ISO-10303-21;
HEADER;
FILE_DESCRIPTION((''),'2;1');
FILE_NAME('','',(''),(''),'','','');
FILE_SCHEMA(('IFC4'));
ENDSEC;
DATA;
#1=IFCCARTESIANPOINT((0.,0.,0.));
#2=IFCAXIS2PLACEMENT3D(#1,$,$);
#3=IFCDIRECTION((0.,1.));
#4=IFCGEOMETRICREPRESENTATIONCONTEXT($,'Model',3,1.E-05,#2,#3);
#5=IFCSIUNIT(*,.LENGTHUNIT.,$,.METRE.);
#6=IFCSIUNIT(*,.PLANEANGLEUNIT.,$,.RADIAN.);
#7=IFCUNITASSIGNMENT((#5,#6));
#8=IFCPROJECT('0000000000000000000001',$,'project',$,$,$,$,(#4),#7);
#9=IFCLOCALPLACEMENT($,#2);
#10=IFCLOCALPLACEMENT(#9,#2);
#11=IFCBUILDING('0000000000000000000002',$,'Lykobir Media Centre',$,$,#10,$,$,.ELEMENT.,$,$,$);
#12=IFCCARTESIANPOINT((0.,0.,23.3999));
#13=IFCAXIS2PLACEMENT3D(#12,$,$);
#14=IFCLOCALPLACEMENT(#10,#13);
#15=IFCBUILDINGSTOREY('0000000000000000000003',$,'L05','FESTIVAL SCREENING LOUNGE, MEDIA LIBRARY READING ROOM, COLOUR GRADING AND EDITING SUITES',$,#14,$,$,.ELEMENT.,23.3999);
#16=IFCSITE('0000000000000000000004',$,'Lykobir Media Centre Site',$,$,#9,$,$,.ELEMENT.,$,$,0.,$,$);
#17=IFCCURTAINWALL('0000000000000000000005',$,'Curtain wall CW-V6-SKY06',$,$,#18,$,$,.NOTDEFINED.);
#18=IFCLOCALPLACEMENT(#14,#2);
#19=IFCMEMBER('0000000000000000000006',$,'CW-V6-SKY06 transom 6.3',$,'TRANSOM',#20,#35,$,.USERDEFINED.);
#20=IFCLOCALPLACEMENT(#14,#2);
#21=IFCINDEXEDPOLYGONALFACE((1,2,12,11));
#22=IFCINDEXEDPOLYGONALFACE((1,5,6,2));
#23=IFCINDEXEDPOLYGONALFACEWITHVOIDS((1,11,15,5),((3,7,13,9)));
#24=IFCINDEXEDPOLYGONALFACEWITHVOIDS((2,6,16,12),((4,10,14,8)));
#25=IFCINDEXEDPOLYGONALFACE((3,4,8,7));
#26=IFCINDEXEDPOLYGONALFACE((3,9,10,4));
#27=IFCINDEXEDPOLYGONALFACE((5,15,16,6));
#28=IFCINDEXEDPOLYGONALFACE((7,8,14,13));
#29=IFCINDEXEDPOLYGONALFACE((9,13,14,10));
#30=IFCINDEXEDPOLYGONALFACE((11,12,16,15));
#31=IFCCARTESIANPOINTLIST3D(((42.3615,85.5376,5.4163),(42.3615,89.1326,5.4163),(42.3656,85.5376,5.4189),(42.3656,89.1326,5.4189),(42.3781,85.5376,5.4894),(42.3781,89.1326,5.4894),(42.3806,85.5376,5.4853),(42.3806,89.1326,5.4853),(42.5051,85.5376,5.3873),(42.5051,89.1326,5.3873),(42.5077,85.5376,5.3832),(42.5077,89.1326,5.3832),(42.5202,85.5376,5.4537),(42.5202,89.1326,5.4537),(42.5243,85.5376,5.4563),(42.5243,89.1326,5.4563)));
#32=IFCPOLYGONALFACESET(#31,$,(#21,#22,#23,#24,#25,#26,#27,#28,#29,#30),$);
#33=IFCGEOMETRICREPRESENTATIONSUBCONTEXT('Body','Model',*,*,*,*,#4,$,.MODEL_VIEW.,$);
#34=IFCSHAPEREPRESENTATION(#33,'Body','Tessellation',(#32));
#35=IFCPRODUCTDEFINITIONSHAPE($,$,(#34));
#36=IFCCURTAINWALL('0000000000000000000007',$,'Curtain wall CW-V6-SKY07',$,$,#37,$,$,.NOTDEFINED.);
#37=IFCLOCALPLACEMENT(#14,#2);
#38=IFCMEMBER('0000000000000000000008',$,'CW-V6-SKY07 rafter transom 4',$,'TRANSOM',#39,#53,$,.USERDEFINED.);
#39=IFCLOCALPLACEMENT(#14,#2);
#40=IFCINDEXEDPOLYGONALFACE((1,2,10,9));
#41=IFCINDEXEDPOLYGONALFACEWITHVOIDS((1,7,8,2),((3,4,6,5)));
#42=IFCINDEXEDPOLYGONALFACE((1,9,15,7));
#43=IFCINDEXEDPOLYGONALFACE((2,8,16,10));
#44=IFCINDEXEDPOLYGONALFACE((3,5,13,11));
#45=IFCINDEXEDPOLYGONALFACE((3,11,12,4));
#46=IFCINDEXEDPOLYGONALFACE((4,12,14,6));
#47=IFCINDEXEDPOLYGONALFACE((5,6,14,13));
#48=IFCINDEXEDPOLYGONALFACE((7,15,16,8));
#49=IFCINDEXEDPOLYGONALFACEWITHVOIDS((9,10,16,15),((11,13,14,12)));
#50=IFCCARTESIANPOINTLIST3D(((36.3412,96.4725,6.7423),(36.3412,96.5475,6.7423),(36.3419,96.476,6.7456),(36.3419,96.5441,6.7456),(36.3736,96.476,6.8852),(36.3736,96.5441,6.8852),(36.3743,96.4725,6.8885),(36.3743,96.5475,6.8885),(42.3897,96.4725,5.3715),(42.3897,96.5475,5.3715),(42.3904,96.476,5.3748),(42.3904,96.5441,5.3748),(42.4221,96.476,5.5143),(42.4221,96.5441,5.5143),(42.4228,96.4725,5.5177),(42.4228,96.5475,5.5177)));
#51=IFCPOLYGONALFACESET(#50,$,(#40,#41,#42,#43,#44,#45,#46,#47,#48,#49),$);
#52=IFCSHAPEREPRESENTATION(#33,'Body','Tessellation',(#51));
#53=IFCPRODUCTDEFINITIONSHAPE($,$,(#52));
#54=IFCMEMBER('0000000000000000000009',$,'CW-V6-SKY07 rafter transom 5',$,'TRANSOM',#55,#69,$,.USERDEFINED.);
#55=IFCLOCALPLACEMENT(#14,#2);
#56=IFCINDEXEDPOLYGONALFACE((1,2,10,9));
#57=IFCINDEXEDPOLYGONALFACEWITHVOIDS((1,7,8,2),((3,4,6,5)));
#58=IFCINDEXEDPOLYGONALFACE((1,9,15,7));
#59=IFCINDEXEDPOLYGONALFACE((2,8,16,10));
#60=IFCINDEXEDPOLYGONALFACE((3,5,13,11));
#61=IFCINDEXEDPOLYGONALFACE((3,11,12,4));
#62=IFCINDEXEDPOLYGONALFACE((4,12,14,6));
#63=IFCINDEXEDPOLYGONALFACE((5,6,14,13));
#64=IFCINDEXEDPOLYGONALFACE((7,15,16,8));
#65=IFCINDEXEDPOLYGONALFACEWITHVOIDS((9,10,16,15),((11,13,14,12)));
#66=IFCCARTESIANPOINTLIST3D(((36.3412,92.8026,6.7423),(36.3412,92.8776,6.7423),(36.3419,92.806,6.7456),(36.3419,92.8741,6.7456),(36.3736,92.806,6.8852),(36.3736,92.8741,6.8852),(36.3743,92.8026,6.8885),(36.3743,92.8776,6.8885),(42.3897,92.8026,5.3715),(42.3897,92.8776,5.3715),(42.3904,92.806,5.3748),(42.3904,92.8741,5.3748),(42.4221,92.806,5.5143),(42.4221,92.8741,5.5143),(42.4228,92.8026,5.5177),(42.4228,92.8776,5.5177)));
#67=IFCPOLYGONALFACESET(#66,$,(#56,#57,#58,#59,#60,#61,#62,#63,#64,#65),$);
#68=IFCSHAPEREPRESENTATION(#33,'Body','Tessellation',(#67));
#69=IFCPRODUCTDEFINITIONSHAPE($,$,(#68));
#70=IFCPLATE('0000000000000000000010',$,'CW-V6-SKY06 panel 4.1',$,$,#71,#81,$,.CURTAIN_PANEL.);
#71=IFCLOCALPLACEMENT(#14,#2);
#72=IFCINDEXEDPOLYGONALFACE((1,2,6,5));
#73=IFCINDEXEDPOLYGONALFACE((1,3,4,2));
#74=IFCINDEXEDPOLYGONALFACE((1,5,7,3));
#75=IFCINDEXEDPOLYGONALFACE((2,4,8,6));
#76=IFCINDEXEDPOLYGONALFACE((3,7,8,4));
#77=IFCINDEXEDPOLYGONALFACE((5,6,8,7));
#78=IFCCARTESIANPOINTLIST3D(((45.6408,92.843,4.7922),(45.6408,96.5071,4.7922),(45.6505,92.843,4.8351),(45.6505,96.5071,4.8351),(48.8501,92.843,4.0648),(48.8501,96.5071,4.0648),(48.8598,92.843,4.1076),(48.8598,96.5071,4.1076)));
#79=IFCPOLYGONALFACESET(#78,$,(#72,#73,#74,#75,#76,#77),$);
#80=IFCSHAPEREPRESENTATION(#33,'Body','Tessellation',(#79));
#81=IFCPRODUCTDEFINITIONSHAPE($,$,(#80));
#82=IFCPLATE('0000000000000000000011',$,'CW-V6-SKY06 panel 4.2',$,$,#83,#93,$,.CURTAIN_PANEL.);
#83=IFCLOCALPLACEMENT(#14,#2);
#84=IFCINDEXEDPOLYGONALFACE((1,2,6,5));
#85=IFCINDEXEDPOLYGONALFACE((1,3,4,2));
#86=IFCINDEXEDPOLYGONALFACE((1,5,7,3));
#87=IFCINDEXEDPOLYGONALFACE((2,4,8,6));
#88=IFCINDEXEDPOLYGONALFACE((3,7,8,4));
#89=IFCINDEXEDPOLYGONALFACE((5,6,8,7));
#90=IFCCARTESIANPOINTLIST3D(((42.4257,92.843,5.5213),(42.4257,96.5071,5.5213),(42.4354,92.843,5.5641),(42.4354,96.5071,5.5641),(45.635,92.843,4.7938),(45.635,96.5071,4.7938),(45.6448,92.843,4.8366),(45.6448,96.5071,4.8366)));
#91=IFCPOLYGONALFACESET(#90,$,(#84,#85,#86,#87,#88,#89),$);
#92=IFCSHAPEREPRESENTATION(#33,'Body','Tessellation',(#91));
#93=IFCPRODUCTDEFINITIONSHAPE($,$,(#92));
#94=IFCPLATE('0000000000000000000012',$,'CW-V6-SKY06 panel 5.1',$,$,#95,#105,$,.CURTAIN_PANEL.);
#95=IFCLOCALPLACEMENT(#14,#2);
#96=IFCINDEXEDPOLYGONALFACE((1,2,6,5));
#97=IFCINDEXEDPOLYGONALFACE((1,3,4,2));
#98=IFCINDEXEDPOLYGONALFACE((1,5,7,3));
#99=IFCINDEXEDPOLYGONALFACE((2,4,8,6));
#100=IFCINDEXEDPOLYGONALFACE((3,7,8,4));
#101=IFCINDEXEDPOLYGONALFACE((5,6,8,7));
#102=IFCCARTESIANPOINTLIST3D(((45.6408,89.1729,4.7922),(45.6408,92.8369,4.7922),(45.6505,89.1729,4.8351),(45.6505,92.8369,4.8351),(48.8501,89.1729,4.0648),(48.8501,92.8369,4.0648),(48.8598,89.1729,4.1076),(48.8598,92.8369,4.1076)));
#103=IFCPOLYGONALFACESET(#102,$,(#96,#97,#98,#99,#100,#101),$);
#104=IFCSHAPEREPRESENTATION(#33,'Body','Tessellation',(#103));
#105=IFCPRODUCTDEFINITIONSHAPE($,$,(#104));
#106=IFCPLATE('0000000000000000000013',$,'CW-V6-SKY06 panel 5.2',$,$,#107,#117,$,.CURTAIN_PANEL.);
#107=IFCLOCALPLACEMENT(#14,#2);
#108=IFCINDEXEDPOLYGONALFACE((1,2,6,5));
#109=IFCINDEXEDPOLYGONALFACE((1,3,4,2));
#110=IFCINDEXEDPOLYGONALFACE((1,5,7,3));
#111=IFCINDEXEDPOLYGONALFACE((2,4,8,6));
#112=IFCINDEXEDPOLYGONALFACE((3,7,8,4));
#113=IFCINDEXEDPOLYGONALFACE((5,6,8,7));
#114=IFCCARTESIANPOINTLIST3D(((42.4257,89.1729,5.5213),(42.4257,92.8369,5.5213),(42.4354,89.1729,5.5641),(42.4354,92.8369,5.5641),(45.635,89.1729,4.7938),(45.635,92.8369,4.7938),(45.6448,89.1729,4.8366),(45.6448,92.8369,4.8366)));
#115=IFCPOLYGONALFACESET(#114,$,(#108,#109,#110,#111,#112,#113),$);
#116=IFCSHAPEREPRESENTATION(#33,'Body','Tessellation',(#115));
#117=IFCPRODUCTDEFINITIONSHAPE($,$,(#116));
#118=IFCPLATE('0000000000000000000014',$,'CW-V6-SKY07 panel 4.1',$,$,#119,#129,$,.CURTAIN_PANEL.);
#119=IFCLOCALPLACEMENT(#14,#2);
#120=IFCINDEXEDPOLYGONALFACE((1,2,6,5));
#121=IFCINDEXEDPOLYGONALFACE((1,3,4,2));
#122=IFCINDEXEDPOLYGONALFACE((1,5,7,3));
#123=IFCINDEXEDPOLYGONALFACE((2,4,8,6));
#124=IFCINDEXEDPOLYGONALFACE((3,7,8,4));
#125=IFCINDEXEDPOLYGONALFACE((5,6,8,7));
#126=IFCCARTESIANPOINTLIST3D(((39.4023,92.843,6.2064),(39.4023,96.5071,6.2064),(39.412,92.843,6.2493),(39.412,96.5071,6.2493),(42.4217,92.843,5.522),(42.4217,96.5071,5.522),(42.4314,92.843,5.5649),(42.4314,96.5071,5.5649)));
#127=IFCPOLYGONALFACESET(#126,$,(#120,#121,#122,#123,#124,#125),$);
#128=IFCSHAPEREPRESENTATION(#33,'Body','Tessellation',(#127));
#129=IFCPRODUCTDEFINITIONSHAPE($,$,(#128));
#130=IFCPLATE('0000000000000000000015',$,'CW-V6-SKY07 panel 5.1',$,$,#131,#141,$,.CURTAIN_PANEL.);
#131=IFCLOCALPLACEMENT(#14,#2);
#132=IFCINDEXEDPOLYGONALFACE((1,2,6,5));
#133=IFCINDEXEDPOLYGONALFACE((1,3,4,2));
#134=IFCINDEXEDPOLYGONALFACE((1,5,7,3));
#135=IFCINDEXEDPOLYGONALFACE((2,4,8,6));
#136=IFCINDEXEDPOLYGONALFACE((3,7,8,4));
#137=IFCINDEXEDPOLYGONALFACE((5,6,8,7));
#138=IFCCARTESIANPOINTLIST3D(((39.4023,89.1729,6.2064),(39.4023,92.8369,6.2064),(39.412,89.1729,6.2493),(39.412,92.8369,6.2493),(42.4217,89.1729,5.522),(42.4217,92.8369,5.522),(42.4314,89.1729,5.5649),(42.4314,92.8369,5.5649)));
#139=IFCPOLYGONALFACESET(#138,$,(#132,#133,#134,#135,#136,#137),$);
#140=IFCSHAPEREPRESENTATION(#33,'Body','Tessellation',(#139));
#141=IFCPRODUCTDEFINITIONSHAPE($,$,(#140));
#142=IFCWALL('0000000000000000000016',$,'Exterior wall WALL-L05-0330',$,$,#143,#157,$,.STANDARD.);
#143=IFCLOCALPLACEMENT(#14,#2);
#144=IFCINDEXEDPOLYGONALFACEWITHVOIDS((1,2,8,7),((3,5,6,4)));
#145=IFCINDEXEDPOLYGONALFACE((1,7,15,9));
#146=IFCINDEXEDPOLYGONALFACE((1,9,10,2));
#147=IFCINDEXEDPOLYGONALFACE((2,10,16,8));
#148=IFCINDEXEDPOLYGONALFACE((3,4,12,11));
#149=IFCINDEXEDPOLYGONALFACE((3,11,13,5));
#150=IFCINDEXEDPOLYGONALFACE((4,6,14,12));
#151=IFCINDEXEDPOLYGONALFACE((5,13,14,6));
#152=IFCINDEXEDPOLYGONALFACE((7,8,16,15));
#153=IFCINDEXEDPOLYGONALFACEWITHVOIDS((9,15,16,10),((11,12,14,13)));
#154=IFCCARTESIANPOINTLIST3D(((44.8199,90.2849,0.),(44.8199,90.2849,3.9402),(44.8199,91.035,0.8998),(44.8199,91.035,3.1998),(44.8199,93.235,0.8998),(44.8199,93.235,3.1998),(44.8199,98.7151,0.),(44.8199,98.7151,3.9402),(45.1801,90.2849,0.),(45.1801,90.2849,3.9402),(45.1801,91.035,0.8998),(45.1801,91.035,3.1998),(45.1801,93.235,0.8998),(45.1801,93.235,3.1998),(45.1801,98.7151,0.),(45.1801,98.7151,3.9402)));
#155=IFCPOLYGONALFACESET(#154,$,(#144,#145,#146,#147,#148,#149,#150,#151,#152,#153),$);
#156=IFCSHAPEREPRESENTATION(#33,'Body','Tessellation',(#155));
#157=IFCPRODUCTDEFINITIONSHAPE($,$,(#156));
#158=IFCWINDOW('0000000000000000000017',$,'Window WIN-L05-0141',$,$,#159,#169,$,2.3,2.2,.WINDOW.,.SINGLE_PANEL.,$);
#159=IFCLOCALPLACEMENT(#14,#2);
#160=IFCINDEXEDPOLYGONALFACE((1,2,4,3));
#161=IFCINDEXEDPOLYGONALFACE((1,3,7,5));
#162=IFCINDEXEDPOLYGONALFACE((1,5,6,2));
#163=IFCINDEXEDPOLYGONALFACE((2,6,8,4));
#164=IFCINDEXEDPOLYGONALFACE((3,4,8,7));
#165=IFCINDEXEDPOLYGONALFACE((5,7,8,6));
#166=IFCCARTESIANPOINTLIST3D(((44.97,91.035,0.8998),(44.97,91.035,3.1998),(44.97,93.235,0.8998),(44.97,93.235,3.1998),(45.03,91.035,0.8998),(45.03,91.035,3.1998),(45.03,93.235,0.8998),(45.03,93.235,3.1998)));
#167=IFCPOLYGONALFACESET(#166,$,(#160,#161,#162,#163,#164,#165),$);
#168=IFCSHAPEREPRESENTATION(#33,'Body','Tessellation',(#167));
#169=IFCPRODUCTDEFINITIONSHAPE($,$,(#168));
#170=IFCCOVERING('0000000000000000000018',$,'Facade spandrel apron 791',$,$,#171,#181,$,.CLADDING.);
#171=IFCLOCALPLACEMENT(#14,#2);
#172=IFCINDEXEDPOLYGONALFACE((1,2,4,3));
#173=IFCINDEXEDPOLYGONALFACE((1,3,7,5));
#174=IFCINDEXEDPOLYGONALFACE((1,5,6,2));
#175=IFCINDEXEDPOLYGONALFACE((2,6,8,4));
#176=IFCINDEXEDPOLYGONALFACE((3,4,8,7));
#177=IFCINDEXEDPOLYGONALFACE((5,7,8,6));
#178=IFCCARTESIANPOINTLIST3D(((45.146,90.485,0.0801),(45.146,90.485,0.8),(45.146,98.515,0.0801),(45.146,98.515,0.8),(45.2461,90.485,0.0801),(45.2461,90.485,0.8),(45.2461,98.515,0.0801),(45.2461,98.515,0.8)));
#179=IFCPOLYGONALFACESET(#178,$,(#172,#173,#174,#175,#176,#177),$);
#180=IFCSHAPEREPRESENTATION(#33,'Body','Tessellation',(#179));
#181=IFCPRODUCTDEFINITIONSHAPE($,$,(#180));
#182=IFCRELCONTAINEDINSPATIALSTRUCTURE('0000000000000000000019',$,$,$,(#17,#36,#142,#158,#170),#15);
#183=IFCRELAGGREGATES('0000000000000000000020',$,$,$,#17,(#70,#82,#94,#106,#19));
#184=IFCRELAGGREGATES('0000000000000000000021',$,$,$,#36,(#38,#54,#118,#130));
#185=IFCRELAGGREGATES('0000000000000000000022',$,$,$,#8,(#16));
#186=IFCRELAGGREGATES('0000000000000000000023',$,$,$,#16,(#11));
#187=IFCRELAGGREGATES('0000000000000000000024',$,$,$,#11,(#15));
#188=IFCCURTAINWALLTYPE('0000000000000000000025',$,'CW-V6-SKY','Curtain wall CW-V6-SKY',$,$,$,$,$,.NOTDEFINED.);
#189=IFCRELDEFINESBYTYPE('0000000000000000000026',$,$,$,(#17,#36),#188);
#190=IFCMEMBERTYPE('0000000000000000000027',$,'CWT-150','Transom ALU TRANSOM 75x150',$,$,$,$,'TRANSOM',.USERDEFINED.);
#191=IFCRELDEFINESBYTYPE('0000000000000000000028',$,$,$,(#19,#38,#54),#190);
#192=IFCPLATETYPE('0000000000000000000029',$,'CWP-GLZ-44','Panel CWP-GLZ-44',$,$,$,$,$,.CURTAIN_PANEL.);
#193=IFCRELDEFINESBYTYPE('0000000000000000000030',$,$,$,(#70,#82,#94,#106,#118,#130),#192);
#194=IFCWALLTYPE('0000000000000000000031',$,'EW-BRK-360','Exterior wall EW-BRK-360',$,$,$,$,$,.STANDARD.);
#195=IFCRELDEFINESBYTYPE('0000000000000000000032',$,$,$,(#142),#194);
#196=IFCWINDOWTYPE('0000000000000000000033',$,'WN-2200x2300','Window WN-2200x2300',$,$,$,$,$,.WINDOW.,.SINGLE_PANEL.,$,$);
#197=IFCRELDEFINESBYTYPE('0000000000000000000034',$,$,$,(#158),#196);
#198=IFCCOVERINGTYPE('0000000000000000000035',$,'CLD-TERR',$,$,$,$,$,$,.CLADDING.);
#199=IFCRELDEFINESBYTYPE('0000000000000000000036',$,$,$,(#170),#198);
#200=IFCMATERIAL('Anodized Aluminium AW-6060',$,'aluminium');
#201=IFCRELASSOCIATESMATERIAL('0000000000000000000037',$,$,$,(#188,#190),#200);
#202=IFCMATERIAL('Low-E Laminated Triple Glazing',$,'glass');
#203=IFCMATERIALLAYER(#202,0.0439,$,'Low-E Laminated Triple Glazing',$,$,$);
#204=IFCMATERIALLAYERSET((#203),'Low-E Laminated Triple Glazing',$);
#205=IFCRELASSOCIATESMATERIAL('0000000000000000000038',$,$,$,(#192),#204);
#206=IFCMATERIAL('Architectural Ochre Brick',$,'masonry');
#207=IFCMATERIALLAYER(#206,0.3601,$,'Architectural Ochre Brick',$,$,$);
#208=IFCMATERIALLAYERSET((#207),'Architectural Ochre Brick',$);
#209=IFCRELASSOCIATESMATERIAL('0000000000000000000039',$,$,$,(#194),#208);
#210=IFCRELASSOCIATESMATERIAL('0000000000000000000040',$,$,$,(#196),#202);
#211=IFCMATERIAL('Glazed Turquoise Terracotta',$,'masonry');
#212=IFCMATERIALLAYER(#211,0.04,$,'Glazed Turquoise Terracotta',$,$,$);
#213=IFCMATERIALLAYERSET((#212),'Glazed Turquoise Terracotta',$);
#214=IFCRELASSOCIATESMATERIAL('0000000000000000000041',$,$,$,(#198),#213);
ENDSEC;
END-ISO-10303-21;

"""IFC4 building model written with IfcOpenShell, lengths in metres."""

from ifc_helpers import new_model, si_unit, direction, frame, frame_2d, origin, origin_2d, place, context, subcontext, project, spatial, rectangle, hollow_rectangle, extrude, material, layer, layer_set, material_profile, profile_set, type_object, element, fill, aggregate, save


model = new_model("IFC4")

# Units and contexts
model_context = context("Model", 3, precision=1e-05, world=origin(), true_north=direction((0.0, 1.0)))
body_context = subcontext(model_context, "Body", "Model", "MODEL_VIEW")
ifc_project = project(units=[si_unit("LENGTHUNIT", "METRE"), si_unit("PLANEANGLEUNIT", "RADIAN")], contexts=[model_context])

# Site, building, storey
site_placement = place(None, origin())
site = spatial("IfcSite", under=ifc_project, at=site_placement, Name="Lykobir Media Centre Site", CompositionType="ELEMENT", RefElevation=0.0)
building_placement = place(site_placement, origin())
building = spatial("IfcBuilding", under=site, at=building_placement, Name="Lykobir Media Centre", CompositionType="ELEMENT")
storey_placement = place(building_placement, frame((0.0, 0.0, 23.3999)))
storey = spatial("IfcBuildingStorey", under=building, at=storey_placement, Name="L05", Description="FESTIVAL SCREENING LOUNGE, MEDIA LIBRARY READING ROOM, COLOUR GRADING AND EDITING SUITES", CompositionType="ELEMENT", Elevation=23.3999)

# Curtain walls, members
ifc_material_1 = material(Name="Anodized Aluminium AW-6060", Category="aluminium")
curtain_wall_type = type_object("IfcCurtainWallType", Name="CW-V6-SKY", Description="Curtain wall CW-V6-SKY", PredefinedType="NOTDEFINED", material=ifc_material_1)
curtain_wall_1_placement = place(storey_placement, origin())
curtain_wall_1 = element("IfcCurtainWall", 1, at=curtain_wall_1_placement, inside=storey, type_object=curtain_wall_type, Name="Curtain wall CW-V6-SKY06", PredefinedType="NOTDEFINED")
ifc_material_profile_1 = material_profile(ifc_material_1, hollow_rectangle(XDim=0.075, YDim=0.1499, WallThickness=0.0034, at=origin_2d()), Name="ALU TRANSOM 75x150")
ifc_profile_set_1 = profile_set([ifc_material_profile_1], Name="Anodized Aluminium AW-6060")
member_type = type_object("IfcMemberType", Name="CWT-150", Description="Transom ALU TRANSOM 75x150", ElementType="TRANSOM", PredefinedType="USERDEFINED", material=ifc_profile_set_1)
member_1_placement = place(storey_placement, frame((42.4429, 89.1326, 5.4363), z_axis=(0.0, -1.0, 0.0), x_axis=(0.221072, 0.0, 0.975258)))
member_1 = element("IfcMember", 2, at=member_1_placement, type_object=member_type, Name="CW-V6-SKY06 transom 6.3", ObjectType="TRANSOM", PredefinedType="USERDEFINED", context=body_context, shape_type="SweptSolid", body=[
    extrude(hollow_rectangle(XDim=0.075, YDim=0.1499, WallThickness=0.0034, at=origin_2d()), origin(), (0.0, 0.0, 1.0), 3.595),
])
curtain_wall_2_placement = place(storey_placement, origin())
curtain_wall_2 = element("IfcCurtainWall", 3, at=curtain_wall_2_placement, inside=storey, type_object=curtain_wall_type, Name="Curtain wall CW-V6-SKY07", PredefinedType="NOTDEFINED")
member_2_placement = place(storey_placement, frame((42.4062, 96.51, 5.4446), z_axis=(-0.975266, 0.0, 0.221034), x_axis=(0.0, -1.0, 0.0)))
member_2 = element("IfcMember", 4, at=member_2_placement, type_object=member_type, Name="CW-V6-SKY07 rafter transom 4", ObjectType="TRANSOM", PredefinedType="USERDEFINED", context=body_context, shape_type="SweptSolid", body=[
    extrude(hollow_rectangle(XDim=0.075, YDim=0.1499, WallThickness=0.0034, at=origin_2d()), origin(), (0.0, 0.0, 1.0), 6.2019),
])
member_3_placement = place(storey_placement, frame((42.4062, 92.8401, 5.4446), z_axis=(-0.975266, 0.0, 0.221034), x_axis=(0.0, -1.0, 0.0)))
member_3 = element("IfcMember", 5, at=member_3_placement, type_object=member_type, Name="CW-V6-SKY07 rafter transom 5", ObjectType="TRANSOM", PredefinedType="USERDEFINED", context=body_context, shape_type="SweptSolid", body=[
    extrude(hollow_rectangle(XDim=0.075, YDim=0.1499, WallThickness=0.0034, at=origin_2d()), origin(), (0.0, 0.0, 1.0), 6.2019),
])

# Plates
ifc_material_2 = material(Name="Low-E Laminated Triple Glazing", Category="glass")
ifc_layer_1 = layer(ifc_material_2, 0.0439, Name="Low-E Laminated Triple Glazing")
ifc_layer_set_1 = layer_set([ifc_layer_1], Name="Low-E Laminated Triple Glazing")
plate_type = type_object("IfcPlateType", Name="CWP-GLZ-44", Description="Panel CWP-GLZ-44", PredefinedType="CURTAIN_PANEL", material=ifc_layer_set_1)
plate_1_placement = place(storey_placement, frame((48.855, 94.675, 4.0862), z_axis=(-0.975258, 0.0, 0.221072), x_axis=(0.0, -1.0, 0.0)))
plate_1 = element("IfcPlate", 6, at=plate_1_placement, type_object=plate_type, Name="CW-V6-SKY06 panel 4.1", PredefinedType="CURTAIN_PANEL", context=body_context, shape_type="SweptSolid", body=[
    extrude(rectangle(XDim=3.6641, YDim=0.0439, at=origin_2d()), origin(), (0.0, 0.0, 1.0), 3.2908),
])
plate_2_placement = place(storey_placement, frame((45.6399, 94.675, 4.8152), z_axis=(-0.975258, 0.0, 0.221072), x_axis=(0.0, -1.0, 0.0)))
plate_2 = element("IfcPlate", 7, at=plate_2_placement, type_object=plate_type, Name="CW-V6-SKY06 panel 4.2", PredefinedType="CURTAIN_PANEL", context=body_context, shape_type="SweptSolid", body=[
    extrude(rectangle(XDim=3.6641, YDim=0.0439, at=origin_2d()), origin(), (0.0, 0.0, 1.0), 3.2908),
])
plate_3_placement = place(storey_placement, frame((48.855, 91.0049, 4.0862), z_axis=(-0.975258, 0.0, 0.221072), x_axis=(0.0, -1.0, 0.0)))
plate_3 = element("IfcPlate", 8, at=plate_3_placement, type_object=plate_type, Name="CW-V6-SKY06 panel 5.1", PredefinedType="CURTAIN_PANEL", context=body_context, shape_type="SweptSolid", body=[
    extrude(rectangle(XDim=3.6641, YDim=0.0439, at=origin_2d()), origin(), (0.0, 0.0, 1.0), 3.2908),
])
plate_4_placement = place(storey_placement, frame((45.6399, 91.0049, 4.8152), z_axis=(-0.975258, 0.0, 0.221072), x_axis=(0.0, -1.0, 0.0)))
plate_4 = element("IfcPlate", 9, at=plate_4_placement, type_object=plate_type, Name="CW-V6-SKY06 panel 5.2", PredefinedType="CURTAIN_PANEL", context=body_context, shape_type="SweptSolid", body=[
    extrude(rectangle(XDim=3.6641, YDim=0.0439, at=origin_2d()), origin(), (0.0, 0.0, 1.0), 3.2908),
])
aggregate(curtain_wall_1, [plate_1, plate_2, plate_3, plate_4, member_1])
plate_5_placement = place(storey_placement, frame((42.4265, 94.675, 5.5435), z_axis=(-0.975261, 0.0, 0.221055), x_axis=(0.0, -1.0, 0.0)))
plate_5 = element("IfcPlate", 10, at=plate_5_placement, type_object=plate_type, Name="CW-V6-SKY07 panel 4.1", PredefinedType="CURTAIN_PANEL", context=body_context, shape_type="SweptSolid", body=[
    extrude(rectangle(XDim=3.6641, YDim=0.0439, at=origin_2d()), origin(), (0.0, 0.0, 1.0), 3.0959),
])
plate_6_placement = place(storey_placement, frame((42.4265, 91.0049, 5.5435), z_axis=(-0.975261, 0.0, 0.221055), x_axis=(0.0, -1.0, 0.0)))
plate_6 = element("IfcPlate", 11, at=plate_6_placement, type_object=plate_type, Name="CW-V6-SKY07 panel 5.1", PredefinedType="CURTAIN_PANEL", context=body_context, shape_type="SweptSolid", body=[
    extrude(rectangle(XDim=3.6641, YDim=0.0439, at=origin_2d()), origin(), (0.0, 0.0, 1.0), 3.0959),
])
aggregate(curtain_wall_2, [member_2, member_3, plate_5, plate_6])

# Wall, opening, window
ifc_material_3 = material(Name="Architectural Ochre Brick", Category="masonry")
ifc_layer_2 = layer(ifc_material_3, 0.3601, Name="Architectural Ochre Brick")
ifc_layer_set_2 = layer_set([ifc_layer_2], Name="Architectural Ochre Brick")
wall_type = type_object("IfcWallType", Name="EW-BRK-360", Description="Exterior wall EW-BRK-360", PredefinedType="STANDARD", material=ifc_layer_set_2)
wall_placement = place(storey_placement, frame((45.0, 90.2849, 0.0), z_axis=(0.0, 0.0, 1.0), x_axis=(0.0, 1.0, 0.0)))
wall = element("IfcWall", 12, at=wall_placement, inside=storey, type_object=wall_type, Name="Exterior wall WALL-L05-0330", PredefinedType="STANDARD", context=body_context, shape_type="SweptSolid", body=[
    extrude(rectangle(XDim=8.4302, YDim=0.3601, at=frame_2d((4.2151, 0.0))), origin(), (0.0, 0.0, 1.0), 3.9402),
])
opening_placement = place(wall_placement, frame((0.75, 0.0, 0.8999)))
opening = element("IfcOpeningElement", 13, at=opening_placement, cuts=wall, PredefinedType="OPENING", context=body_context, shape_type="SweptSolid", body=[
    extrude(rectangle(XDim=2.2, YDim=2.3, at=frame_2d((1.1001, 1.1499))), frame((0.0, 0.1899, 0.0), z_axis=(0.0, -1.0, 0.0), x_axis=(1.0, 0.0, 0.0)), (0.0, 0.0, 1.0), 0.3801),
])
window_type = type_object("IfcWindowType", Name="WN-2200x2300", Description="Window WN-2200x2300", PartitioningType="SINGLE_PANEL", PredefinedType="WINDOW", material=ifc_material_2)
window_placement = place(opening_placement, origin())
window = element("IfcWindow", 14, at=window_placement, inside=storey, type_object=window_type, Name="Window WIN-L05-0141", OverallHeight=2.3, OverallWidth=2.2, PartitioningType="SINGLE_PANEL", PredefinedType="WINDOW", context=body_context, shape_type="SweptSolid", body=[
    extrude(rectangle(XDim=2.2, YDim=2.3, at=frame_2d((1.1001, 1.1499))), frame((0.0, 0.03, 0.0), z_axis=(0.0, -1.0, 0.0), x_axis=(1.0, 0.0, 0.0)), (0.0, 0.0, 1.0), 0.0601),
])
fill(opening, window)

# Covering
ifc_material_4 = material(Name="Glazed Turquoise Terracotta", Category="masonry")
ifc_layer_3 = layer(ifc_material_4, 0.04, Name="Glazed Turquoise Terracotta")
ifc_layer_set_3 = layer_set([ifc_layer_3], Name="Glazed Turquoise Terracotta")
covering_type_1 = type_object("IfcCoveringType", Name="CLD-TERR", PredefinedType="CLADDING", material=ifc_layer_set_3)
covering_1_placement = place(storey_placement, frame((45.196, 94.5, 0.0801), z_axis=(0.0, 0.0, 1.0), x_axis=(0.0, 1.0, 0.0)))
element("IfcCovering", 15, at=covering_1_placement, inside=storey, type_object=covering_type_1, Name="Facade spandrel apron 791", PredefinedType="CLADDING", context=body_context, shape_type="SweptSolid", body=[
    extrude(rectangle(XDim=8.03, YDim=0.1001, at=origin_2d()), origin(), (0.0, 0.0, 1.0), 0.72),
])

save(model, "model.ifc")
